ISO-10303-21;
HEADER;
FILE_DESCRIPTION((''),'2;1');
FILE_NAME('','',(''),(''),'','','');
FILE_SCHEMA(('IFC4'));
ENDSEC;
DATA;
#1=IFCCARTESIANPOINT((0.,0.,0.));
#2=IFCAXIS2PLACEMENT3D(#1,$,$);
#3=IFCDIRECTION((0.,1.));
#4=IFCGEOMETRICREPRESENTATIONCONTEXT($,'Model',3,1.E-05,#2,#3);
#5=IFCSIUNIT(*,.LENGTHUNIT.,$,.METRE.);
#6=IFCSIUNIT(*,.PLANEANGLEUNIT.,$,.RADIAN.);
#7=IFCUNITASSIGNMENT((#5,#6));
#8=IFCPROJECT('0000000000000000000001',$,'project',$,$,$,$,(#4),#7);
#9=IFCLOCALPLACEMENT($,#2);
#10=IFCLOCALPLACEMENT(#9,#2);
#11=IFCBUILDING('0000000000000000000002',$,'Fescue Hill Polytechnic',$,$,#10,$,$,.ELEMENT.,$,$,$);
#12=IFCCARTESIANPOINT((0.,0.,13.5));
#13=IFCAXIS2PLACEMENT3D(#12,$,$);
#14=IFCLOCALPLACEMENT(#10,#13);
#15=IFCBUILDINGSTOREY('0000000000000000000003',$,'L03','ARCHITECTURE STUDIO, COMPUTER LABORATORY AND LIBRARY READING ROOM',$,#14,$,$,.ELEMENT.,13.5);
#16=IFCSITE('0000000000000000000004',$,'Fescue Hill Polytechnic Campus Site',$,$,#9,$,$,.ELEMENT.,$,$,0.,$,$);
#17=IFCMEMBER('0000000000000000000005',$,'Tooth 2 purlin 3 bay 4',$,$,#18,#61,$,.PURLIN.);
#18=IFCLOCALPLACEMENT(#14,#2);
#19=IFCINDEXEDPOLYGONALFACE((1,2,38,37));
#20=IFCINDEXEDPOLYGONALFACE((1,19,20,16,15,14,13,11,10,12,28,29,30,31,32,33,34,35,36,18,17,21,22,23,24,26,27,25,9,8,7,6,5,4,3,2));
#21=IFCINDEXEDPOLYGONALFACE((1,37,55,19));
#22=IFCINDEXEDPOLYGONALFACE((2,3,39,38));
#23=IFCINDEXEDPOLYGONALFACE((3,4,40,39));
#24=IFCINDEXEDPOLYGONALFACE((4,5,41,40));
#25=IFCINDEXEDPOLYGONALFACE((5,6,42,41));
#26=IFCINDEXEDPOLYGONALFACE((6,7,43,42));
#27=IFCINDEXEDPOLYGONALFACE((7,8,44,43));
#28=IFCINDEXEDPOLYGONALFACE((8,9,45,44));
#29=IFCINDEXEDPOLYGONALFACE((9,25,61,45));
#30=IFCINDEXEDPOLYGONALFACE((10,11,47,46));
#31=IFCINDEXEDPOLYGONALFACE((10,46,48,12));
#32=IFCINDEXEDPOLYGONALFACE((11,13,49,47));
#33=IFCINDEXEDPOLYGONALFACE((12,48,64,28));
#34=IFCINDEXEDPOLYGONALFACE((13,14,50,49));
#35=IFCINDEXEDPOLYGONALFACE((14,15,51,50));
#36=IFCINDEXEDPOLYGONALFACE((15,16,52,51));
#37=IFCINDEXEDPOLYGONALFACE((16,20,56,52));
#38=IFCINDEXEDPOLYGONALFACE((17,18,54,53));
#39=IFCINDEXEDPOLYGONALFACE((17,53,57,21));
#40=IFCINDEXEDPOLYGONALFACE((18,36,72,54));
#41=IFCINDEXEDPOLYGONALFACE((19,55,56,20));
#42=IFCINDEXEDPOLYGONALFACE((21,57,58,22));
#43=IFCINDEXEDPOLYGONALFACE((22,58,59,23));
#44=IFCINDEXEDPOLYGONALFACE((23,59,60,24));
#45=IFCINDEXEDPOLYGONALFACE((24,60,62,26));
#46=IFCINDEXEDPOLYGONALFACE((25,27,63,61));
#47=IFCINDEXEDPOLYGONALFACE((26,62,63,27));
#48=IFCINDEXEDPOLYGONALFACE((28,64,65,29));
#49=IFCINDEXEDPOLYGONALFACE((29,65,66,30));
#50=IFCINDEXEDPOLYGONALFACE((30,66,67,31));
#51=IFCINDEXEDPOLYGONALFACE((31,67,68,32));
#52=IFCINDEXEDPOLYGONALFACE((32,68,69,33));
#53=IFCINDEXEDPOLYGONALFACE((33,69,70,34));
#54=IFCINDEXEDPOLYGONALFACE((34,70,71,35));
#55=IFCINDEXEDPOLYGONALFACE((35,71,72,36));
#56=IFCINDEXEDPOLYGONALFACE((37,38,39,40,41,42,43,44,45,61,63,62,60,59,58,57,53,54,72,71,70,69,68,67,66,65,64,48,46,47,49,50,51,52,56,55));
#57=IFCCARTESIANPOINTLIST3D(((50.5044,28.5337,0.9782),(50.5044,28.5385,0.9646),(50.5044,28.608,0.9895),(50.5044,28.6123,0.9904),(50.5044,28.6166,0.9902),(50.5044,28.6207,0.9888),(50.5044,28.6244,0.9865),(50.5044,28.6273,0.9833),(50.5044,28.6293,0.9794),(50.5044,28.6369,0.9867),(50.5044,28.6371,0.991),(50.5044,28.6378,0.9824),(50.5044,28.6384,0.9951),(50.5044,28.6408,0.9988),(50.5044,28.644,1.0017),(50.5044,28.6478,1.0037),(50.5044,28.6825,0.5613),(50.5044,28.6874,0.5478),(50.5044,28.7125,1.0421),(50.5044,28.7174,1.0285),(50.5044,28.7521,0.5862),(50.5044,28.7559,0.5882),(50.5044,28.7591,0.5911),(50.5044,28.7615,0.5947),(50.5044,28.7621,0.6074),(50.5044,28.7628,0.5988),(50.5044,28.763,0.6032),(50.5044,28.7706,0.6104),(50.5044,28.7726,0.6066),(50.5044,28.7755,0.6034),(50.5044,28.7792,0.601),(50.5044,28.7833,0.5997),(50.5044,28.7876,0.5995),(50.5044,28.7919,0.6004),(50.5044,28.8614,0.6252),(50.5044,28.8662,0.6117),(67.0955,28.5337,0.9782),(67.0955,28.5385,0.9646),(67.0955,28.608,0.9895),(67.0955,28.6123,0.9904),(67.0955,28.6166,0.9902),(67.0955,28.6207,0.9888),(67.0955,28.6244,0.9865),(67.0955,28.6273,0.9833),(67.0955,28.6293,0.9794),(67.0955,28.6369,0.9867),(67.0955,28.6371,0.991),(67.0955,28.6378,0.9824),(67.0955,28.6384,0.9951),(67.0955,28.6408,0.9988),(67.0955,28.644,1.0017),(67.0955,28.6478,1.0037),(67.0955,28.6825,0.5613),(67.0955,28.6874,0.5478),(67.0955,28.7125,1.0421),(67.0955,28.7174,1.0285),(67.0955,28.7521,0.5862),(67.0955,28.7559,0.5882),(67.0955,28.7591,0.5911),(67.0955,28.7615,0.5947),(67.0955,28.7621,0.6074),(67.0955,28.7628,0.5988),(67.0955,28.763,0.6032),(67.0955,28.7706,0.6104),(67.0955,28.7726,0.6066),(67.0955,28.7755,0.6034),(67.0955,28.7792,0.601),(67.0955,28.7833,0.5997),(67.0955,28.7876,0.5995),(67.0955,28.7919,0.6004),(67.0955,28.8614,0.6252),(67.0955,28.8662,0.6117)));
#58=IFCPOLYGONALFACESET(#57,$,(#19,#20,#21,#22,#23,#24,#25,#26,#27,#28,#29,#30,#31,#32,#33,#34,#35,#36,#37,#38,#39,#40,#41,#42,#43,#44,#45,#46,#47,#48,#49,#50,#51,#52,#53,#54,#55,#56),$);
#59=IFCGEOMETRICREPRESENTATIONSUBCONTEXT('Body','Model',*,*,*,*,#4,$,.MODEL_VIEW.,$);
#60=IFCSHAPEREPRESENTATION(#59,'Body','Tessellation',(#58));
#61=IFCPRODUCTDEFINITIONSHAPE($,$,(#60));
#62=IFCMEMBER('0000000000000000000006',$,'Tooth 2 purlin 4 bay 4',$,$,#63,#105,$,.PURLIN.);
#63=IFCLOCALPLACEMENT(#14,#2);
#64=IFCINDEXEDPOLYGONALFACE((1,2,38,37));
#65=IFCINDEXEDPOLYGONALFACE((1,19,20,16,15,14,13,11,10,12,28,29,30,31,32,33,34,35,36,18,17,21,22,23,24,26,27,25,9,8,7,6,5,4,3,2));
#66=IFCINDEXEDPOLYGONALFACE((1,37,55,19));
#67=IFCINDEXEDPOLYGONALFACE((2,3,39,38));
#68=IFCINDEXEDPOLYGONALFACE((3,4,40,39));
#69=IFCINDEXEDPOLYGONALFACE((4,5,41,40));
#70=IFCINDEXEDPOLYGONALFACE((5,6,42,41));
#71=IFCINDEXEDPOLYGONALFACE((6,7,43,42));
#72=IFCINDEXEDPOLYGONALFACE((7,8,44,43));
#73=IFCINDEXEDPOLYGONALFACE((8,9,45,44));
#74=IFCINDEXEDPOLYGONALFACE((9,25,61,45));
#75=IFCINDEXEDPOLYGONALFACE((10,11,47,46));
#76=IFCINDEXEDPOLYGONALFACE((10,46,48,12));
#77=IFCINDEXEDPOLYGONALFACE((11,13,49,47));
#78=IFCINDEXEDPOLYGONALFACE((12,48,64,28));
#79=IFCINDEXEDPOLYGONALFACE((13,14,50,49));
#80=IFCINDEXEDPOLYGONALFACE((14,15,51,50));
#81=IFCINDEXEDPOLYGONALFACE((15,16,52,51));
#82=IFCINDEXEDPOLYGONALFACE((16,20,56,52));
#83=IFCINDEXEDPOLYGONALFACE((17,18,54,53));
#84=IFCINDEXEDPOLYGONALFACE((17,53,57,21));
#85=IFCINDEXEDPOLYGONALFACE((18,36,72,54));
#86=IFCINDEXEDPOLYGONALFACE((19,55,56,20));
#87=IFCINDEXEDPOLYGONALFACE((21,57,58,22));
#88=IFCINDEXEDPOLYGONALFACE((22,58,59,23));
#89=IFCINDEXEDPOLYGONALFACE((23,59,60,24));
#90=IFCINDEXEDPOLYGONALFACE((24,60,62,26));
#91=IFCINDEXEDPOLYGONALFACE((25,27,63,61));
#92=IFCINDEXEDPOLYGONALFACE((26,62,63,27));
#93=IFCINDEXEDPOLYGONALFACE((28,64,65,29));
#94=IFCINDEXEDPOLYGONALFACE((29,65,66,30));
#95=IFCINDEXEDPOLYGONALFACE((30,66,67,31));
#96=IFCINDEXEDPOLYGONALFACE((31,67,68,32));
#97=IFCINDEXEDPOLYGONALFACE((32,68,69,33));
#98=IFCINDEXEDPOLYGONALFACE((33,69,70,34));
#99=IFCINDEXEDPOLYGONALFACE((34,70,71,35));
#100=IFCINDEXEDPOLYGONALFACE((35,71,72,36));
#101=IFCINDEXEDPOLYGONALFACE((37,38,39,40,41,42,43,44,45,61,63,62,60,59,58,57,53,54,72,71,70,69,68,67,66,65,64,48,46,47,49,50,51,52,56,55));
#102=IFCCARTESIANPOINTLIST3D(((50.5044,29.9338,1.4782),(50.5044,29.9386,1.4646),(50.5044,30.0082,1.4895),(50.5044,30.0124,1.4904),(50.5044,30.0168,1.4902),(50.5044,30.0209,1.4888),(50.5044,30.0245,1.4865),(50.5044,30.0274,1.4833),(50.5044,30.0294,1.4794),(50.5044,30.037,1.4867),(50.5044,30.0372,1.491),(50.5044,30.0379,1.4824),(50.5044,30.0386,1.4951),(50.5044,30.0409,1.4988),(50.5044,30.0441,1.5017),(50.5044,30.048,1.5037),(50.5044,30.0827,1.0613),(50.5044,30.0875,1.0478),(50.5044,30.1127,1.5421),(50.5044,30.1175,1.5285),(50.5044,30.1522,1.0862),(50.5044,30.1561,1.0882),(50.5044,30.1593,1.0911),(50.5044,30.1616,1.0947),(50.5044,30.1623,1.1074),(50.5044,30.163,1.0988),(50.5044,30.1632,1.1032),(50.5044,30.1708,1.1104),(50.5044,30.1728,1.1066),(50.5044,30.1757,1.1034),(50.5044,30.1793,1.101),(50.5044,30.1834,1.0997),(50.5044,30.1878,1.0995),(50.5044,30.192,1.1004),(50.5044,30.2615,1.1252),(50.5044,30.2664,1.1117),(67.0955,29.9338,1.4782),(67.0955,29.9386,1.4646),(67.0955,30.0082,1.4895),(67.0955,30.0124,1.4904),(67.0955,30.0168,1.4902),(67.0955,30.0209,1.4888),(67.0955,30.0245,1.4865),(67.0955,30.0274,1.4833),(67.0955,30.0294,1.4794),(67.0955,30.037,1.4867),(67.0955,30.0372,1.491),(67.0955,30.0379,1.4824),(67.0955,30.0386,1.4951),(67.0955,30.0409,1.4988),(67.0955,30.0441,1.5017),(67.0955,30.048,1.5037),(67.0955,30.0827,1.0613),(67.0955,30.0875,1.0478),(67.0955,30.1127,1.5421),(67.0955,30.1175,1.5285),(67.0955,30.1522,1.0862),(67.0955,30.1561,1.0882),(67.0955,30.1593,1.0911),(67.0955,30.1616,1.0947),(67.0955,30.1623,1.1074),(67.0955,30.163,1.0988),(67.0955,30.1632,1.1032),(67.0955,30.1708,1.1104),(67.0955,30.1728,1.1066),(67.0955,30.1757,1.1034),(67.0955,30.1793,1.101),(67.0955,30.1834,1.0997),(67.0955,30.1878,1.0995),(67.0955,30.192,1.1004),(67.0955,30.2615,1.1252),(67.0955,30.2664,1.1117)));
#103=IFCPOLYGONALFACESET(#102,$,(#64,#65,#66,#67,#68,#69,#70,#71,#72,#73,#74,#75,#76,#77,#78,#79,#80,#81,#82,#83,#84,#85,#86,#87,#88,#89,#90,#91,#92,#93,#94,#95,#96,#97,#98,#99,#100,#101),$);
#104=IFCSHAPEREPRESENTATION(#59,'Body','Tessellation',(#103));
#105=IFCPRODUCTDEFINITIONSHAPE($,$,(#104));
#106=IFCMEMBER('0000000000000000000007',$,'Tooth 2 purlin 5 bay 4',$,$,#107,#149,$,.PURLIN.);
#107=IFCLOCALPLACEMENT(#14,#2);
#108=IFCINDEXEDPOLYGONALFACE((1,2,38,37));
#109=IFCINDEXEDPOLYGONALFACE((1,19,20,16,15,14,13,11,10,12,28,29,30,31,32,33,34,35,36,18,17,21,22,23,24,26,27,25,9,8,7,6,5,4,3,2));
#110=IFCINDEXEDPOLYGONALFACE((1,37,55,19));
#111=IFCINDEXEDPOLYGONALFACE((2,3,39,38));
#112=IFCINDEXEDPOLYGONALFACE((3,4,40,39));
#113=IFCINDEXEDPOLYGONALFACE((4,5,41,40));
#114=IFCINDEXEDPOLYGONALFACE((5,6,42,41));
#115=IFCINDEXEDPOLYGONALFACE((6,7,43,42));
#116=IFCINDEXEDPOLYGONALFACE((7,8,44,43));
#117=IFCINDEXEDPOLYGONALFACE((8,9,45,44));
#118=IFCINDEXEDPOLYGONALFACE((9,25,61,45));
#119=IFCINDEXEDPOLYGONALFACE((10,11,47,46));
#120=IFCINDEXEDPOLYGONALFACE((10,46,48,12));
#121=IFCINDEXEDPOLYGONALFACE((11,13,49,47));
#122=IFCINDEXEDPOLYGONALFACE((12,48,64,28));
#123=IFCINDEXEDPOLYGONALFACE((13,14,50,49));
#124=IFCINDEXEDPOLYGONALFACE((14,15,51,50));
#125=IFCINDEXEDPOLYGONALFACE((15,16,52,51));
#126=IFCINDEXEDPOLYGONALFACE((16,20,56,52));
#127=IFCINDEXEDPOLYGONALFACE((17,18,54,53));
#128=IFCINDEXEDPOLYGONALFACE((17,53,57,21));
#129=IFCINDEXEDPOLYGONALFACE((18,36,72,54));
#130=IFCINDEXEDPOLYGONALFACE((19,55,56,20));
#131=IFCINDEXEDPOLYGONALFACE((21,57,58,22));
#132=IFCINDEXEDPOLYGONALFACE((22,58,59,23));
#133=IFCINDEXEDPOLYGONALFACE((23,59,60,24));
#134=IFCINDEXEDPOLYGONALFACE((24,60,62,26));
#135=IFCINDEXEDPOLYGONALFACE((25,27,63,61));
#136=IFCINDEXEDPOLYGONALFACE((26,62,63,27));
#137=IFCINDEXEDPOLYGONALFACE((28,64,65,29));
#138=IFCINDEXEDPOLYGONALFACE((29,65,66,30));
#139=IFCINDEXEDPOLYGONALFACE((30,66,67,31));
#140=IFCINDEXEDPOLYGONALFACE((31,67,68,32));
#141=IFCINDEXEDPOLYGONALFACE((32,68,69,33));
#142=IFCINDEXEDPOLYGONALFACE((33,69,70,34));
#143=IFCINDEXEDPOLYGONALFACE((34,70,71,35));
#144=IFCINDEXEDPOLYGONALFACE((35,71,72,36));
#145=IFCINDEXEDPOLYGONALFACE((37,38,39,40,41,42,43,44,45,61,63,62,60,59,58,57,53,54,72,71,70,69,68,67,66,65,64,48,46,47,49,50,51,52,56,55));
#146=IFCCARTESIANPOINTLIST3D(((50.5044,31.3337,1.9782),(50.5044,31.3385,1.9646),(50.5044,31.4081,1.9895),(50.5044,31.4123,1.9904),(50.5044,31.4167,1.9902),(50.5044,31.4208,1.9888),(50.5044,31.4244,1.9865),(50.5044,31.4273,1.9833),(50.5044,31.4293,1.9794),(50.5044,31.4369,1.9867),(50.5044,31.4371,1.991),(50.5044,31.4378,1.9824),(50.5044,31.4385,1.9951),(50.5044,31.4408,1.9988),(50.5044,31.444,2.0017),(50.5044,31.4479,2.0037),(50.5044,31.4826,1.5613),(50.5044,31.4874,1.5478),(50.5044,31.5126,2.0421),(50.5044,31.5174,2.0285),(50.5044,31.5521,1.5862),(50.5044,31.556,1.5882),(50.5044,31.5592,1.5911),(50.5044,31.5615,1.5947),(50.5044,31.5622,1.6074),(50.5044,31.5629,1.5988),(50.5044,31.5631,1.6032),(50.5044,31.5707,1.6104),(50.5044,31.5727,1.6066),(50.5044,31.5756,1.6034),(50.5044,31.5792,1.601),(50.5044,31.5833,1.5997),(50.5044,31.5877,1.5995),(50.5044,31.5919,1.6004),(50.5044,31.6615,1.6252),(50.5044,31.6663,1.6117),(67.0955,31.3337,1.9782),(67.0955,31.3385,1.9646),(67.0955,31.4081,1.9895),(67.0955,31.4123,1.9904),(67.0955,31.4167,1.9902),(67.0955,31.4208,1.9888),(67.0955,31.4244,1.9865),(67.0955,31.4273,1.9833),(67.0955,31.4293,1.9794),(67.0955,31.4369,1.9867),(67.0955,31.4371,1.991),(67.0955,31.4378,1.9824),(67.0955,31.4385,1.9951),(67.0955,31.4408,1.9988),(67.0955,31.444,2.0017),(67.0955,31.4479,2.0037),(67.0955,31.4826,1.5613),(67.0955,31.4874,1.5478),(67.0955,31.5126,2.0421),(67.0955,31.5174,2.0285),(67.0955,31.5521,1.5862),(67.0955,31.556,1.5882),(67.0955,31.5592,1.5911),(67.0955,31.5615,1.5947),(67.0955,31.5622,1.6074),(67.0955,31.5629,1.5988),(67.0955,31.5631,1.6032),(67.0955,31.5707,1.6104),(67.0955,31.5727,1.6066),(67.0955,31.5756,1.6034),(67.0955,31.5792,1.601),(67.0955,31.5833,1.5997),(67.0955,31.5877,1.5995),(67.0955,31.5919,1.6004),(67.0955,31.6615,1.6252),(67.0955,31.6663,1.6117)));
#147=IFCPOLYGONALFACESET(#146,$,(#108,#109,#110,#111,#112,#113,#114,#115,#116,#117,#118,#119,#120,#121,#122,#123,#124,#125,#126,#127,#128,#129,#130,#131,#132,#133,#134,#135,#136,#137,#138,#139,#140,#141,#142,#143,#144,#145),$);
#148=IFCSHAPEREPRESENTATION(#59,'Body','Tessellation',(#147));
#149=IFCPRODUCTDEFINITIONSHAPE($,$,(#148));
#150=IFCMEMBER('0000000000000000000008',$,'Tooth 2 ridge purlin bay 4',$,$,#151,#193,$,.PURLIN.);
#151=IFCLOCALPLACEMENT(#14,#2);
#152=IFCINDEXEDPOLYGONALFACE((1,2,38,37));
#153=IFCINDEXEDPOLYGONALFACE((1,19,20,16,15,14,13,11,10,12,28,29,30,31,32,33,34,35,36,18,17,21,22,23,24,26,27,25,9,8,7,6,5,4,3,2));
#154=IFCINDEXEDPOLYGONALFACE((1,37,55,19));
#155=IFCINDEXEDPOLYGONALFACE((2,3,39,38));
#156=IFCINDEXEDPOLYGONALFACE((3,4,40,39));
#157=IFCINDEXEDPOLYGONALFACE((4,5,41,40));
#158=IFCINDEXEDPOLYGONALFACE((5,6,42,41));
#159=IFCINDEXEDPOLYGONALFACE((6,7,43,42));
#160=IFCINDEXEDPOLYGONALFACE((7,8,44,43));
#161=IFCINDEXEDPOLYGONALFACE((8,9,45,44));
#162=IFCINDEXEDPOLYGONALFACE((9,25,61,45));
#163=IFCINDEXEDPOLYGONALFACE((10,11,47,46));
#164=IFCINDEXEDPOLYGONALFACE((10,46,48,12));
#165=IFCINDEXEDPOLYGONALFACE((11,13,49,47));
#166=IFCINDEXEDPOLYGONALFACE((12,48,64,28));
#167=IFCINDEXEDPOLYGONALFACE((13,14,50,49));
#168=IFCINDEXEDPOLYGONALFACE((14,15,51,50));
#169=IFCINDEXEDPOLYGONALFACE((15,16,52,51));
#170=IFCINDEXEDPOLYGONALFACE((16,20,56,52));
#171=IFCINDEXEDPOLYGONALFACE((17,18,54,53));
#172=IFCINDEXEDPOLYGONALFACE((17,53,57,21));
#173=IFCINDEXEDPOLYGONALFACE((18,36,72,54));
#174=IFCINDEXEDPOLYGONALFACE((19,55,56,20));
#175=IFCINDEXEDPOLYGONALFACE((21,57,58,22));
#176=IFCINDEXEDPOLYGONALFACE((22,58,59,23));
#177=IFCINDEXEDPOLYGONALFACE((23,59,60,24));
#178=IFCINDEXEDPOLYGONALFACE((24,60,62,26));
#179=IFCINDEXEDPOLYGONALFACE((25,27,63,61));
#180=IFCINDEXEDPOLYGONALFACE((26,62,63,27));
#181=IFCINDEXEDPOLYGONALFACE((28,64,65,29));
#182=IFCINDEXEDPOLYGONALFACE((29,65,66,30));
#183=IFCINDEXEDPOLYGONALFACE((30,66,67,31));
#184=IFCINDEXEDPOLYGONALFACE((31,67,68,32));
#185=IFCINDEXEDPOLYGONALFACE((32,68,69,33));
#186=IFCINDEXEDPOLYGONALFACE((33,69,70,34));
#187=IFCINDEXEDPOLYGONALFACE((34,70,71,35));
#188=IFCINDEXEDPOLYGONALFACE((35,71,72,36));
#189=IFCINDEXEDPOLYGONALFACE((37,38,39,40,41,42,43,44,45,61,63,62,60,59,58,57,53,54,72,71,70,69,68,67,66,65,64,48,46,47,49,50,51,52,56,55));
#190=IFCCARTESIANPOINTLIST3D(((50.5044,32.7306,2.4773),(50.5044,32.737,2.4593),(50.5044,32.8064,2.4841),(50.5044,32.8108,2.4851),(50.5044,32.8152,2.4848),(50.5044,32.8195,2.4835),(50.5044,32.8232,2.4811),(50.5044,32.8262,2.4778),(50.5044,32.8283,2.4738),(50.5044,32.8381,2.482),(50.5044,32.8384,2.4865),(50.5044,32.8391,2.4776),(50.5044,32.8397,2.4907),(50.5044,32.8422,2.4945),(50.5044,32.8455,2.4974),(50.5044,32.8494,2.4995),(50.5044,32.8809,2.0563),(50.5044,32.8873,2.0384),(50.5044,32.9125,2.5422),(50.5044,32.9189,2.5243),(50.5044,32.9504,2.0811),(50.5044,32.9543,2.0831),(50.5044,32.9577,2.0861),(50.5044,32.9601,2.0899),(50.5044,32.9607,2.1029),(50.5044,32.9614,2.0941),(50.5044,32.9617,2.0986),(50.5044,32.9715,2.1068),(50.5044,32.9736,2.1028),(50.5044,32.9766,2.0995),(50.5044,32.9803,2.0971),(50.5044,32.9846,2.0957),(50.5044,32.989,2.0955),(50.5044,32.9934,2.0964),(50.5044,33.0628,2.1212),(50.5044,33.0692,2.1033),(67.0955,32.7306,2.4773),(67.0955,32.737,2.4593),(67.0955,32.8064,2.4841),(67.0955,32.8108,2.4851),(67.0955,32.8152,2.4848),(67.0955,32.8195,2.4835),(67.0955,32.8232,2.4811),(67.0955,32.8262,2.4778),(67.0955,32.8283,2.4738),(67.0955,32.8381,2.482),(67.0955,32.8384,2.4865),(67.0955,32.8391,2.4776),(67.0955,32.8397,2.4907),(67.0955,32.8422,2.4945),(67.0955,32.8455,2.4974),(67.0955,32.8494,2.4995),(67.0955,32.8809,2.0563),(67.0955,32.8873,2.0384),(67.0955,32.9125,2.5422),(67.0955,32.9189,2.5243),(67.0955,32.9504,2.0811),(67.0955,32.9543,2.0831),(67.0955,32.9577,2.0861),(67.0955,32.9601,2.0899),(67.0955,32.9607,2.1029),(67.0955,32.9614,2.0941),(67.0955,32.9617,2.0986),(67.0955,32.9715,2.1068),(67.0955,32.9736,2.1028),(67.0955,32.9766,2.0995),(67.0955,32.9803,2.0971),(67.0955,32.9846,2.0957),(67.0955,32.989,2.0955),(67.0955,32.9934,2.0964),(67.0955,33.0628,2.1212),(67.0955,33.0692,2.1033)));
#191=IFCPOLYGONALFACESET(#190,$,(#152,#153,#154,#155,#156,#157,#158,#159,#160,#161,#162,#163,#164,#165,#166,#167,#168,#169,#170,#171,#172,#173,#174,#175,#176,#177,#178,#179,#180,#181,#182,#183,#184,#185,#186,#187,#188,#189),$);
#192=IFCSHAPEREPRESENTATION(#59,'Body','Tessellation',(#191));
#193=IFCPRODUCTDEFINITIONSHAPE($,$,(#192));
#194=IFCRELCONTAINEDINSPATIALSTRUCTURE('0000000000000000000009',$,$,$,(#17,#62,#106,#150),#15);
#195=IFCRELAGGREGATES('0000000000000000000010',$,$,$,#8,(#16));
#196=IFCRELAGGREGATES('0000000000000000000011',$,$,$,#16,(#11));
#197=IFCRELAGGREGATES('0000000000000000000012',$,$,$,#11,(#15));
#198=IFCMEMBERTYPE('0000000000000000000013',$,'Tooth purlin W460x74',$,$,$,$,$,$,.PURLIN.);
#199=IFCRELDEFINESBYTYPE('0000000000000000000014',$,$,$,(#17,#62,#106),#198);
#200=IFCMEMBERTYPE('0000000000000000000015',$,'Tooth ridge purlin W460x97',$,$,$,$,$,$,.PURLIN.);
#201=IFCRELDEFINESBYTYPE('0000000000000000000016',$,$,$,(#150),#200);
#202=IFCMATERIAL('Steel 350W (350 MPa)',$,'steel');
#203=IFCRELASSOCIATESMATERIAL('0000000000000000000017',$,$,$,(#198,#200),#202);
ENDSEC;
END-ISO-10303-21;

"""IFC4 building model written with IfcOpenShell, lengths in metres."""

from ifc_helpers import new_model, si_unit, direction, frame, origin, origin_2d, place, context, subcontext, project, spatial, i_section, extrude, material, material_profile, profile_set, type_object, element, save


model = new_model("IFC4")

# Units and contexts
model_context = context("Model", 3, precision=1e-05, world=origin(), true_north=direction((0.0, 1.0)))
body_context = subcontext(model_context, "Body", "Model", "MODEL_VIEW")
ifc_project = project(units=[si_unit("LENGTHUNIT", "METRE"), si_unit("PLANEANGLEUNIT", "RADIAN")], contexts=[model_context])

# Site, building, storey
site_placement = place(None, origin())
site = spatial("IfcSite", under=ifc_project, at=site_placement, Name="Fescue Hill Polytechnic Campus Site", CompositionType="ELEMENT", RefElevation=0.0)
building_placement = place(site_placement, origin())
building = spatial("IfcBuilding", under=site, at=building_placement, Name="Fescue Hill Polytechnic", CompositionType="ELEMENT")
storey_placement = place(building_placement, frame((0.0, 0.0, 13.5)))
storey = spatial("IfcBuildingStorey", under=building, at=storey_placement, Name="L03", Description="ARCHITECTURE STUDIO, COMPUTER LABORATORY AND LIBRARY READING ROOM", CompositionType="ELEMENT", Elevation=13.5)

# Members
ifc_material_1 = material(Name="Steel 350W (350 MPa)", Category="steel")
ifc_material_profile_1 = material_profile(ifc_material_1, i_section(OverallWidth=0.1899, OverallDepth=0.457, WebThickness=0.009, FlangeThickness=0.0144, FilletRadius=0.0166, at=origin_2d()), Name="W460x74")
ifc_profile_set_1 = profile_set([ifc_material_profile_1], Name="Steel 350W (350 MPa)")
member_type_1 = type_object("IfcMemberType", Name="Tooth purlin W460x74", PredefinedType="PURLIN", material=ifc_profile_set_1)
for number, where, z_axis, x_axis, name in (
    (1, (50.5044, 28.7, 0.7949), (1.0, 0.0, 0.0), (0.0, 0.941742, 0.336336), "Tooth 2 purlin 3 bay 4"),
    (2, (50.5044, 30.1001, 1.2949), (1.0, 0.0, 0.0), (0.0, 0.941742, 0.336336), "Tooth 2 purlin 4 bay 4"),
    (3, (50.5044, 31.5, 1.7949), (1.0, 0.0, 0.0), (0.0, 0.941742, 0.336336), "Tooth 2 purlin 5 bay 4"),
):
    element("IfcMember", number, at=place(storey_placement, frame(where, z_axis=z_axis, x_axis=x_axis)), inside=storey, type_object=member_type_1, Name=name, PredefinedType="PURLIN", context=body_context, shape_type="SweptSolid", body=[
        extrude(i_section(OverallWidth=0.1899, OverallDepth=0.457, WebThickness=0.009, FlangeThickness=0.0144, FilletRadius=0.0166, at=origin_2d()), origin(), (0.0, 0.0, 1.0), 16.5911),
    ])
ifc_material_profile_2 = material_profile(ifc_material_1, i_section(OverallWidth=0.1931, OverallDepth=0.4661, WebThickness=0.0115, FlangeThickness=0.019, FilletRadius=0.0171, at=origin_2d()), Name="W460x97")
ifc_profile_set_2 = profile_set([ifc_material_profile_2], Name="Steel 350W (350 MPa)")
member_type_2 = type_object("IfcMemberType", Name="Tooth ridge purlin W460x97", PredefinedType="PURLIN", material=ifc_profile_set_2)
member_1_placement = place(storey_placement, frame((50.5044, 32.8999, 2.2903), z_axis=(1.0, 0.0, 0.0), x_axis=(0.0, 0.941742, 0.336336)))
element("IfcMember", 4, at=member_1_placement, inside=storey, type_object=member_type_2, Name="Tooth 2 ridge purlin bay 4", PredefinedType="PURLIN", context=body_context, shape_type="SweptSolid", body=[
    extrude(i_section(OverallWidth=0.1931, OverallDepth=0.4661, WebThickness=0.0115, FlangeThickness=0.019, FilletRadius=0.0171, at=origin_2d()), origin(), (0.0, 0.0, 1.0), 16.5911),
])

save(model, "model.ifc")
